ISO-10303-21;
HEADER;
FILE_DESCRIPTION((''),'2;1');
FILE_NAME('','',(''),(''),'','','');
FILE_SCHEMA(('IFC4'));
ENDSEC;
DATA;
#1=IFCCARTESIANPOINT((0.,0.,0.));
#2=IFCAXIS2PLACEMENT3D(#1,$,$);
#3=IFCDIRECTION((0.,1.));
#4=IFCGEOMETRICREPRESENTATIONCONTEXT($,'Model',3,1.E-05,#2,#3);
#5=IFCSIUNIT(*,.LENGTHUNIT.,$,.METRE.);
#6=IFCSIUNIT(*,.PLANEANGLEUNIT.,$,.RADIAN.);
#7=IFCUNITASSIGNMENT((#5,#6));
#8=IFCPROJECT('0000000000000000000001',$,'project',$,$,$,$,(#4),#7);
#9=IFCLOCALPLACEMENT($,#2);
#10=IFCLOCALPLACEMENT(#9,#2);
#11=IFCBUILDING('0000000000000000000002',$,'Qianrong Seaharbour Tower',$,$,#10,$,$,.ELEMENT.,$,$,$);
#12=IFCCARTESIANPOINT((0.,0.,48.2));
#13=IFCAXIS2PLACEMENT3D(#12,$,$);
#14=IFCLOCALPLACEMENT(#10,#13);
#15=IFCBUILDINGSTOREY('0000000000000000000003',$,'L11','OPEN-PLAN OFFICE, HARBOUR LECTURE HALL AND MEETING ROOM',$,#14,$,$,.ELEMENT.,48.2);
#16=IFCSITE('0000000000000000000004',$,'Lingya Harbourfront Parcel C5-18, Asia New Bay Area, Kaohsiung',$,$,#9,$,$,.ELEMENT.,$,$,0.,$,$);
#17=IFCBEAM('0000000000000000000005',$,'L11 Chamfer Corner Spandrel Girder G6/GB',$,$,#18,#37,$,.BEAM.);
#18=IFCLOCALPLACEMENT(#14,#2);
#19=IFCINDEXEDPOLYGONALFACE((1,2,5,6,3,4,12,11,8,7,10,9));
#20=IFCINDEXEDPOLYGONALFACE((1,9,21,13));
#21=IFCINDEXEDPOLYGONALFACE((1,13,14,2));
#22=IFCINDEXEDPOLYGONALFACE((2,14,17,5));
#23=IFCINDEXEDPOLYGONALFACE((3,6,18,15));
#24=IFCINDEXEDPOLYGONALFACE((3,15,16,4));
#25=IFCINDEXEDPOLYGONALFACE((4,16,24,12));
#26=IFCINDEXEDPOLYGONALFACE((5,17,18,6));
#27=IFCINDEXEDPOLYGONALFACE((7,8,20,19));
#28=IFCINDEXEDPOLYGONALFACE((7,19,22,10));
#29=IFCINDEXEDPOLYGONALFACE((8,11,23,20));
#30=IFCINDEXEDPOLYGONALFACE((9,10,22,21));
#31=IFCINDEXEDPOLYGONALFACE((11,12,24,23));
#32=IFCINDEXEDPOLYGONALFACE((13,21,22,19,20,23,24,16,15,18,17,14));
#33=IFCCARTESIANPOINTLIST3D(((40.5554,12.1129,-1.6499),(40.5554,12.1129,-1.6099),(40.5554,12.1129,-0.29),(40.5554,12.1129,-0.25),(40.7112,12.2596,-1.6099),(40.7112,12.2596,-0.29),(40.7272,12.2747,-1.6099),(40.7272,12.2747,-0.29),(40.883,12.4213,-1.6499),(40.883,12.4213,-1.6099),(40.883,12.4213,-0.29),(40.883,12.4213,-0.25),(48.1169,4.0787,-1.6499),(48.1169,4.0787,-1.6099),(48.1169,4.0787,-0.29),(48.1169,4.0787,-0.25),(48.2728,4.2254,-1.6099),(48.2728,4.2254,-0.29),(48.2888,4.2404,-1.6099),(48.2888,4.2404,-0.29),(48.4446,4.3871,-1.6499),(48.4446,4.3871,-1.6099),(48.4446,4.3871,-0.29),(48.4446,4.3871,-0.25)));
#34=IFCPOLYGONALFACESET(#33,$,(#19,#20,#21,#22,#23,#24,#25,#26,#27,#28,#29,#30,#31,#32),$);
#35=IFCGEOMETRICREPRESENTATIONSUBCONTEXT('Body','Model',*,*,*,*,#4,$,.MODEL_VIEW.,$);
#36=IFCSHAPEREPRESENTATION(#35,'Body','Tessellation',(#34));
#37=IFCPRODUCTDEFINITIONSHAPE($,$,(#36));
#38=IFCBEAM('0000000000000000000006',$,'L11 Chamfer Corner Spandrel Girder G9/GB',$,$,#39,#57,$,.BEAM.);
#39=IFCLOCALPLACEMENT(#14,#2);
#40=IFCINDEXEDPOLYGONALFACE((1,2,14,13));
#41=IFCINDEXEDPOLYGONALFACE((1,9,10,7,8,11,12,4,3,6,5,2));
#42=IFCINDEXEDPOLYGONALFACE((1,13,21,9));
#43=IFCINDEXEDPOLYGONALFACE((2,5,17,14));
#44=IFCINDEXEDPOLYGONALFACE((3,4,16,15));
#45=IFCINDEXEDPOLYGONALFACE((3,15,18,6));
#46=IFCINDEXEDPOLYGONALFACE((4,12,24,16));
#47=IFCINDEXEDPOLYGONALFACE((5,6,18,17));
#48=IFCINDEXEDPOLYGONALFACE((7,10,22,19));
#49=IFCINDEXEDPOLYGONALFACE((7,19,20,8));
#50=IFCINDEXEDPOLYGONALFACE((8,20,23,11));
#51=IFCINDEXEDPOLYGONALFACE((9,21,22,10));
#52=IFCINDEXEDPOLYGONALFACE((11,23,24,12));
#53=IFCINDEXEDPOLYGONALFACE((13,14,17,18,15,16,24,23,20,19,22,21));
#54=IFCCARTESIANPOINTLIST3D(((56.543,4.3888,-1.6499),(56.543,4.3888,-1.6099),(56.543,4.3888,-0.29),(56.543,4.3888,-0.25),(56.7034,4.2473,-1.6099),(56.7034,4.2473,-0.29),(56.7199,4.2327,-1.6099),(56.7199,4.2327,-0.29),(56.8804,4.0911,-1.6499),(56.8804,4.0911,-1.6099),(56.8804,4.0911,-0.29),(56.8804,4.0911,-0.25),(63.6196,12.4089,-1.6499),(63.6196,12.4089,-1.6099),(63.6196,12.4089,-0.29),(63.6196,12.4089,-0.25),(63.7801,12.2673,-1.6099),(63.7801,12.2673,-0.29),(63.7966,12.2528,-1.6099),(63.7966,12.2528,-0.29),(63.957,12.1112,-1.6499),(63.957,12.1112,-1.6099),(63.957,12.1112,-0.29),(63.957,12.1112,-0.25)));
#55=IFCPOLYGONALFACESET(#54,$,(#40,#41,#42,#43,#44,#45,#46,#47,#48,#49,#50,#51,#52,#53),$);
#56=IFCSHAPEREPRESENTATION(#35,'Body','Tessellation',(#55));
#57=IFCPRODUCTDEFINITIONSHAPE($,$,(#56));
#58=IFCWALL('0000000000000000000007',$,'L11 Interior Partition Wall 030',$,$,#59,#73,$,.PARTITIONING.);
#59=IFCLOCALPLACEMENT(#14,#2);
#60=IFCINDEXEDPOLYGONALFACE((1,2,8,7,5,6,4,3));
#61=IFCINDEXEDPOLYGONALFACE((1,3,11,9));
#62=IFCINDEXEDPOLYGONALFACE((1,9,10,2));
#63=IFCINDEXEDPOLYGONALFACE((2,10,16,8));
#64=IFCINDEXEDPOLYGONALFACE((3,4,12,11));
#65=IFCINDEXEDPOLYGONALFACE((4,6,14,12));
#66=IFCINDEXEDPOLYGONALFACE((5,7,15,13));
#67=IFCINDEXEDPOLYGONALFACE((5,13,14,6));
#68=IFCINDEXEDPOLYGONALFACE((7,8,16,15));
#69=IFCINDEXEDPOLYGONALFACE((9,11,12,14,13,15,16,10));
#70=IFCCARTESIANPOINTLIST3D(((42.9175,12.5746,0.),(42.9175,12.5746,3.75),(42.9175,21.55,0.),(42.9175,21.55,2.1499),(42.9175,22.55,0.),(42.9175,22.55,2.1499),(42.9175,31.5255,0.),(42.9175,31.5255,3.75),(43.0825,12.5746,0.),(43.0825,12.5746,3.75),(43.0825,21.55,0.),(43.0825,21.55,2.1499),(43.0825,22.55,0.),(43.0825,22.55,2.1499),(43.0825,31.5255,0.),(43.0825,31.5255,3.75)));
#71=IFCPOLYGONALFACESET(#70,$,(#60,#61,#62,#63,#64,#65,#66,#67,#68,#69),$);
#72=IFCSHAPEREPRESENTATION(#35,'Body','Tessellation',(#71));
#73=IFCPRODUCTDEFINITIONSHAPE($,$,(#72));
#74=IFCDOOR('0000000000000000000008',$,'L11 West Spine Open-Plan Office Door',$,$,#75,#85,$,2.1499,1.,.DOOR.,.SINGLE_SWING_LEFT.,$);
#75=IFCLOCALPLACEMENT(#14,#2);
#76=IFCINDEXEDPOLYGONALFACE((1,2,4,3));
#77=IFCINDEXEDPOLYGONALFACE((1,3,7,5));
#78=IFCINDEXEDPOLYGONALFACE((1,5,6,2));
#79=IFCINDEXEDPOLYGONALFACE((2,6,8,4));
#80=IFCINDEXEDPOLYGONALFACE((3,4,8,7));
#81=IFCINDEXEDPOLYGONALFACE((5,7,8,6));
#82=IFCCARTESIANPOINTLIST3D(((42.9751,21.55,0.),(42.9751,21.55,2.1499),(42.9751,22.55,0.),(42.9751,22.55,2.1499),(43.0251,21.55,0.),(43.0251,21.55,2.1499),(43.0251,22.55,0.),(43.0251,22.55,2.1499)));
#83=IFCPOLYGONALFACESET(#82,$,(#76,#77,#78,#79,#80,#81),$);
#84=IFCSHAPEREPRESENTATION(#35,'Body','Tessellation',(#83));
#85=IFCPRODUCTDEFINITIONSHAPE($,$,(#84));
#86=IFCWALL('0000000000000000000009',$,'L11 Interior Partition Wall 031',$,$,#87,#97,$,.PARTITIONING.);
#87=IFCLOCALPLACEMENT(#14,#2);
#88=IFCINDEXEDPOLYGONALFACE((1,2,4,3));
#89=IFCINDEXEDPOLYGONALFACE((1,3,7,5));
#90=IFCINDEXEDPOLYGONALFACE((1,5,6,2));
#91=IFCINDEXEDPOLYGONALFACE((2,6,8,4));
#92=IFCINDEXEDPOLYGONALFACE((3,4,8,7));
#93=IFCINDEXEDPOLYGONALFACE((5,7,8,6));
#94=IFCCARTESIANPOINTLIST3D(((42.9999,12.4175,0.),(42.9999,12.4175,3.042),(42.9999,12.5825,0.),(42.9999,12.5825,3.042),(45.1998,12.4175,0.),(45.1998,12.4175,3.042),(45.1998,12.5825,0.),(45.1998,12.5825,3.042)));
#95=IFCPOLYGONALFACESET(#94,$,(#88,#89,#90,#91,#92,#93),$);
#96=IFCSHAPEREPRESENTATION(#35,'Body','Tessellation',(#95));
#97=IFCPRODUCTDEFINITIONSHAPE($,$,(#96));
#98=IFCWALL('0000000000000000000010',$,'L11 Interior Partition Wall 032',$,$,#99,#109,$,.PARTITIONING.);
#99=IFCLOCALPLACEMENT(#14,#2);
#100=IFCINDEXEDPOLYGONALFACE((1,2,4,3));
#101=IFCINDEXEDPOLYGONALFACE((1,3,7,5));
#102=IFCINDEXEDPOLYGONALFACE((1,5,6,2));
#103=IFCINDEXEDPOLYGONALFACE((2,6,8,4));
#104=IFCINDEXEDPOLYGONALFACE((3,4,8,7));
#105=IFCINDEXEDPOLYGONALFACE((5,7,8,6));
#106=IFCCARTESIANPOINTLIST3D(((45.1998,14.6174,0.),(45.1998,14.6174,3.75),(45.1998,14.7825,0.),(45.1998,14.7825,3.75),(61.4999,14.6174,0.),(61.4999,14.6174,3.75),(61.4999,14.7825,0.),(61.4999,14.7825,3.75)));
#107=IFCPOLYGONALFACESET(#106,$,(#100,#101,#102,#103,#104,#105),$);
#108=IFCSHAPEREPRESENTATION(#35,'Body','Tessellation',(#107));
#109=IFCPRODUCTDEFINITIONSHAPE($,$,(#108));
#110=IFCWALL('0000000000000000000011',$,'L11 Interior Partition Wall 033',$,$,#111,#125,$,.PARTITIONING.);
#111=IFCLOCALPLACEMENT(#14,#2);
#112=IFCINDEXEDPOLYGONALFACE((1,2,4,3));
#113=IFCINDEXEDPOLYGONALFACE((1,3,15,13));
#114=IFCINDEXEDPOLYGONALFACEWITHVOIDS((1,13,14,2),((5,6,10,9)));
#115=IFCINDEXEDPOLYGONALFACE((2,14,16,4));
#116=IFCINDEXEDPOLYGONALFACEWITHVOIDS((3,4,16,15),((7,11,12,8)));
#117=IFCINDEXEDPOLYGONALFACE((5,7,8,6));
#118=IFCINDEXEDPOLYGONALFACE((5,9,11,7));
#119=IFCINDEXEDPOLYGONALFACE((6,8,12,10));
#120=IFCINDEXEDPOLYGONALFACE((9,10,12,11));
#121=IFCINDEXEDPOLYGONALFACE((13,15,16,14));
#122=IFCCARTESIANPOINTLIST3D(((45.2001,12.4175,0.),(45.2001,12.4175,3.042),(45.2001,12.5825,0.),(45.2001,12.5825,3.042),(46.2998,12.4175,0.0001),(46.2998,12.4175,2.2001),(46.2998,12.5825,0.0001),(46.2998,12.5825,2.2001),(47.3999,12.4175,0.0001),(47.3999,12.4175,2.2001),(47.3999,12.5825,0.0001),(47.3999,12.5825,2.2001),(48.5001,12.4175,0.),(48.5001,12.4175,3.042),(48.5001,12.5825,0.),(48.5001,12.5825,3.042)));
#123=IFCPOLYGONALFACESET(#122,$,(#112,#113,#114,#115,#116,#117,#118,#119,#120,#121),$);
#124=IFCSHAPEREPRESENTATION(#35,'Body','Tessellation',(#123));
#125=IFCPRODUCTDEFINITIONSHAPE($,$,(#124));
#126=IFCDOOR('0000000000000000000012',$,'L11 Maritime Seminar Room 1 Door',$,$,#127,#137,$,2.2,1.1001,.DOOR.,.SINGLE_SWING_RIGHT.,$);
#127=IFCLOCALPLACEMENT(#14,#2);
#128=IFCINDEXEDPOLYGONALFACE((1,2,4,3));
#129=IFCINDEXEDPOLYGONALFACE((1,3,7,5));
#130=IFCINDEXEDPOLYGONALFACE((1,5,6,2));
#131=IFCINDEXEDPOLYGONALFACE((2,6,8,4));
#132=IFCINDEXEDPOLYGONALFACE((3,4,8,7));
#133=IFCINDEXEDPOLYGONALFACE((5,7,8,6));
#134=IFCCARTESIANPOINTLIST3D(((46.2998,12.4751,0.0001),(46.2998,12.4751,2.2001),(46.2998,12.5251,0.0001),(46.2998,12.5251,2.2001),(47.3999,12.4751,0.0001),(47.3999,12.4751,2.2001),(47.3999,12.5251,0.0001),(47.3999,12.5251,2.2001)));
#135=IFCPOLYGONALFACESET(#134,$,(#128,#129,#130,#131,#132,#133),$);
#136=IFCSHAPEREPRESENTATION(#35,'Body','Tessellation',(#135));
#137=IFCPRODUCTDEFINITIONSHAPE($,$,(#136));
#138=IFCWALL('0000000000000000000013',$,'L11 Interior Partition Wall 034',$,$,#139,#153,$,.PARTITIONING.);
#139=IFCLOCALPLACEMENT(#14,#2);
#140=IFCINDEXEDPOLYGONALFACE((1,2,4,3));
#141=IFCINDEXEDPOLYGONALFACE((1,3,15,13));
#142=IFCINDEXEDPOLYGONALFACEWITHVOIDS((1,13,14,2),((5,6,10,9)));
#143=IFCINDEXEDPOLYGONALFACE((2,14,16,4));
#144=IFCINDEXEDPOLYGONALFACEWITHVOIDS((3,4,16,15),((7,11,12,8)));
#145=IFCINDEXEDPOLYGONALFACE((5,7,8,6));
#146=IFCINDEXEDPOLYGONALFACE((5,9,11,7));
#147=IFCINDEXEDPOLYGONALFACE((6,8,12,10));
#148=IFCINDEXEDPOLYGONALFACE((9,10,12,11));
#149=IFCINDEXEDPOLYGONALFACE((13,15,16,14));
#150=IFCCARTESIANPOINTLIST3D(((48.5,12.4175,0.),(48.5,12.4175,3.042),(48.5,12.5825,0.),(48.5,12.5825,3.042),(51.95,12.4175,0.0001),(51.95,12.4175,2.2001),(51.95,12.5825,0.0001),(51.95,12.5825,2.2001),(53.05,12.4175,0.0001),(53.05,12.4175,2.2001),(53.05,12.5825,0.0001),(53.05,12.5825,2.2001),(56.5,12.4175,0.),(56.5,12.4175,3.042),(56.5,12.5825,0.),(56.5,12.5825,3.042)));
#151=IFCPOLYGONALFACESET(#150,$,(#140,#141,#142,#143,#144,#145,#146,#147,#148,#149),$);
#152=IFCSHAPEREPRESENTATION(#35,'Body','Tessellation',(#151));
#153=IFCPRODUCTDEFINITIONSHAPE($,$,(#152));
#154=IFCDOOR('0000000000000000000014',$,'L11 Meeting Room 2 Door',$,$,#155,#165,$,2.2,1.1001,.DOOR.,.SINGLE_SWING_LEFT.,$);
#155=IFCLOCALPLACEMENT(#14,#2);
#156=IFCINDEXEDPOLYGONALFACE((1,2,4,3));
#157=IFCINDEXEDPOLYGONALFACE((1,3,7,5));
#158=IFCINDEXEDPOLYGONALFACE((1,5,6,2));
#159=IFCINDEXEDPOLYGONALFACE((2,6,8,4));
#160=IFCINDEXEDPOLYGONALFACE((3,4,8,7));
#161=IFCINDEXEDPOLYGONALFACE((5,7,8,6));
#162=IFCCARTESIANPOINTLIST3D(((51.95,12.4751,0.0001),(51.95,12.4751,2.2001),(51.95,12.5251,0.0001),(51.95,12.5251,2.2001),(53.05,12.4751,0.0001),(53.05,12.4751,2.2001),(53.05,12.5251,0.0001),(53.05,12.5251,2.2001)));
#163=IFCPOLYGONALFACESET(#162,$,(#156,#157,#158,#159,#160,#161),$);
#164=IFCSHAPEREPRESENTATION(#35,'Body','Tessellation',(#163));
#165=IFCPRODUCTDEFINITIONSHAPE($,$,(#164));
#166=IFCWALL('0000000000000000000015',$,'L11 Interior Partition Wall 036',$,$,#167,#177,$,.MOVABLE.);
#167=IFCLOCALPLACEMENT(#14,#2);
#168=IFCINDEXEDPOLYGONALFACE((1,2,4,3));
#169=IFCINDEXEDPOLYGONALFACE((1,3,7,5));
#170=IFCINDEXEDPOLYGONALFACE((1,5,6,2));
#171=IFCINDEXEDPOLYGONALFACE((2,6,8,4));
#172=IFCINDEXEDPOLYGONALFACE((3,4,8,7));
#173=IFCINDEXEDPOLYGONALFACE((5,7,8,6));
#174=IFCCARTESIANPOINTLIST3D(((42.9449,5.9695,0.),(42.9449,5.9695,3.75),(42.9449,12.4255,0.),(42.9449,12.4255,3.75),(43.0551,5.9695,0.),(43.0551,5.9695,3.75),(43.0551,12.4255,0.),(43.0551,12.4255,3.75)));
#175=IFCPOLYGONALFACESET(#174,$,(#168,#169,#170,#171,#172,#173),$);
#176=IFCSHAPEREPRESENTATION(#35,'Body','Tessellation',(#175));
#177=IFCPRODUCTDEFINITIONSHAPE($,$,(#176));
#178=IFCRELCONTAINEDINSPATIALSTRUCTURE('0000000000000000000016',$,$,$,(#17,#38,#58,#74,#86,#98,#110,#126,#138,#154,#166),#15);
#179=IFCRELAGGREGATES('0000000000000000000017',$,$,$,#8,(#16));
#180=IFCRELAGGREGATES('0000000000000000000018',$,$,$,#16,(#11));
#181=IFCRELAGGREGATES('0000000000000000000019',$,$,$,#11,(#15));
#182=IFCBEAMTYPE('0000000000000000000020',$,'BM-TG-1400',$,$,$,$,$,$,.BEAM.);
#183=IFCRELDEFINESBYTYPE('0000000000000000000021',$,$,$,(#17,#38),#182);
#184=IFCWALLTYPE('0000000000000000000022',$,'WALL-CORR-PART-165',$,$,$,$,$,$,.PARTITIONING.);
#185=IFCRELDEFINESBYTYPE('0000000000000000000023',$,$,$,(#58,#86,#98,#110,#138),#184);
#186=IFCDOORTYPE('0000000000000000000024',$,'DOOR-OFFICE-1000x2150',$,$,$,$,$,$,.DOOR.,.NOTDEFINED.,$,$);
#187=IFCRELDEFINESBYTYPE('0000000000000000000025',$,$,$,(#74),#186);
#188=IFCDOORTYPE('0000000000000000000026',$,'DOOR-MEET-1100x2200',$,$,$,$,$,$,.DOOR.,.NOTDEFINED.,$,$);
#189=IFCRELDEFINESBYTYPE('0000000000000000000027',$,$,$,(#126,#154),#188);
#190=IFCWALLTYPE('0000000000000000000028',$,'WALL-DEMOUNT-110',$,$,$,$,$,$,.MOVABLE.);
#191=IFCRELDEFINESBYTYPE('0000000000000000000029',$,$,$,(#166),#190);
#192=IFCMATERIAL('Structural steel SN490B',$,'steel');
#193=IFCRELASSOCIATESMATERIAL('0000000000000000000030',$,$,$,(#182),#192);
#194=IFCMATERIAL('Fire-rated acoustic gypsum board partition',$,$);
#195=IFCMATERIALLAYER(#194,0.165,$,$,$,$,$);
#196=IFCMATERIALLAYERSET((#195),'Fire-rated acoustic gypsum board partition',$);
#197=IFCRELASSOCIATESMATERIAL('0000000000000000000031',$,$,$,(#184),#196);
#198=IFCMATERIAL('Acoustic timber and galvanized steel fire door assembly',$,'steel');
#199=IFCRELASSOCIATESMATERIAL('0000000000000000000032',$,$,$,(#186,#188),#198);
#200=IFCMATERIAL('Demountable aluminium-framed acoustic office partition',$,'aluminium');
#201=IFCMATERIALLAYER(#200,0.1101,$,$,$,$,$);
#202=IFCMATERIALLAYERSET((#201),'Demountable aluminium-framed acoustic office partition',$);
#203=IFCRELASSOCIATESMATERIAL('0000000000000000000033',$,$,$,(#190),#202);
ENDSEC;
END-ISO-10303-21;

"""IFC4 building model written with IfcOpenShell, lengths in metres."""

from ifc_helpers import new_model, si_unit, direction, frame, frame_2d, origin, origin_2d, place, context, subcontext, project, spatial, rectangle, i_section, extrude, material, layer, layer_set, material_profile, profile_set, type_object, element, fill, save


model = new_model("IFC4")

# Units and contexts
model_context = context("Model", 3, precision=1e-05, world=origin(), true_north=direction((0.0, 1.0)))
body_context = subcontext(model_context, "Body", "Model", "MODEL_VIEW")
ifc_project = project(units=[si_unit("LENGTHUNIT", "METRE"), si_unit("PLANEANGLEUNIT", "RADIAN")], contexts=[model_context])

# Site, building, storey
site_placement = place(None, origin())
site = spatial("IfcSite", under=ifc_project, at=site_placement, Name="Lingya Harbourfront Parcel C5-18, Asia New Bay Area, Kaohsiung", CompositionType="ELEMENT", RefElevation=0.0)
building_placement = place(site_placement, origin())
building = spatial("IfcBuilding", under=site, at=building_placement, Name="Qianrong Seaharbour Tower", CompositionType="ELEMENT")
storey_placement = place(building_placement, frame((0.0, 0.0, 48.2)))
storey = spatial("IfcBuildingStorey", under=building, at=storey_placement, Name="L11", Description="OPEN-PLAN OFFICE, HARBOUR LECTURE HALL AND MEETING ROOM", CompositionType="ELEMENT", Elevation=48.2)

# Shared definitions
ifc_material_1 = material(Name="Structural steel SN490B", Category="steel")

# Beams
ifc_material_profile_1 = material_profile(ifc_material_1, i_section(OverallWidth=0.45, OverallDepth=1.3999, WebThickness=0.022, FlangeThickness=0.04, at=origin_2d()), Name="BH1400x450x22x40")
ifc_profile_set_1 = profile_set([ifc_material_profile_1], Name="Structural steel SN490B")
beam_type_1 = type_object("IfcBeamType", Name="BM-TG-1400", PredefinedType="BEAM", material=ifc_profile_set_1)
beam_1_placement = place(storey_placement, frame((48.2808, 4.2329, -0.95), z_axis=(-0.685362, 0.728203, 0.0), x_axis=(-0.728203, -0.685362, 0.0)))
element("IfcBeam", 1, at=beam_1_placement, inside=storey, type_object=beam_type_1, Name="L11 Chamfer Corner Spandrel Girder G6/GB", PredefinedType="BEAM", context=body_context, shape_type="SweptSolid", body=[
    extrude(i_section(OverallWidth=0.45, OverallDepth=1.3999, WebThickness=0.022, FlangeThickness=0.04, at=origin_2d()), origin(), (0.0, 0.0, 1.0), 11.033),
])
beam_2_placement = place(storey_placement, frame((56.7117, 4.24, -0.95), z_axis=(0.661631, 0.74983, 0.0), x_axis=(-0.74983, 0.661631, 0.0)))
element("IfcBeam", 2, at=beam_2_placement, inside=storey, type_object=beam_type_1, Name="L11 Chamfer Corner Spandrel Girder G9/GB", PredefinedType="BEAM", context=body_context, shape_type="SweptSolid", body=[
    extrude(i_section(OverallWidth=0.45, OverallDepth=1.3999, WebThickness=0.022, FlangeThickness=0.04, at=origin_2d()), origin(), (0.0, 0.0, 1.0), 10.6958),
])

# Wall, opening, door
ifc_material_2 = material(Name="Fire-rated acoustic gypsum board partition")
ifc_layer_1 = layer(ifc_material_2, 0.165)
ifc_layer_set_1 = layer_set([ifc_layer_1], Name="Fire-rated acoustic gypsum board partition")
wall_type_1 = type_object("IfcWallType", Name="WALL-CORR-PART-165", PredefinedType="PARTITIONING", material=ifc_layer_set_1)
wall_1_placement = place(storey_placement, frame((43.0, 12.5745, 0.0), z_axis=(0.0, 0.0, 1.0), x_axis=(0.0, 1.0, 0.0)))
wall_1 = element("IfcWall", 3, at=wall_1_placement, inside=storey, type_object=wall_type_1, Name="L11 Interior Partition Wall 030", PredefinedType="PARTITIONING", context=body_context, shape_type="SweptSolid", body=[
    extrude(rectangle(XDim=18.9509, YDim=0.165, at=frame_2d((9.4756, 0.0))), origin(), (0.0, 0.0, 1.0), 3.75),
])
opening_1_placement = place(wall_1_placement, frame((8.9756, 0.0, 0.0)))
opening_1 = element("IfcOpeningElement", 4, at=opening_1_placement, cuts=wall_1, PredefinedType="OPENING", context=body_context, shape_type="SweptSolid", body=[
    extrude(rectangle(XDim=1.0, YDim=2.1499, at=frame_2d((0.5, 1.075))), frame((0.0, 0.0925, 0.0), z_axis=(0.0, -1.0, 0.0), x_axis=(1.0, 0.0, 0.0)), (0.0, 0.0, 1.0), 0.1851),
])
ifc_material_3 = material(Name="Acoustic timber and galvanized steel fire door assembly", Category="steel")
door_type_1 = type_object("IfcDoorType", Name="DOOR-OFFICE-1000x2150", OperationType="NOTDEFINED", PredefinedType="DOOR", material=ifc_material_3)
door_1_placement = place(opening_1_placement, origin())
door_1 = element("IfcDoor", 5, at=door_1_placement, inside=storey, type_object=door_type_1, Name="L11 West Spine Open-Plan Office Door", OperationType="SINGLE_SWING_LEFT", OverallHeight=2.1499, OverallWidth=1.0, PredefinedType="DOOR", context=body_context, shape_type="SweptSolid", body=[
    extrude(rectangle(XDim=1.0, YDim=2.1499, at=frame_2d((0.5, 1.075))), frame((0.0, 0.0249, 0.0), z_axis=(0.0, -1.0, 0.0), x_axis=(1.0, 0.0, 0.0)), (0.0, 0.0, 1.0), 0.05),
])
fill(opening_1, door_1)

# Walls
wall_2_placement = place(storey_placement, frame((45.2, 12.5, 0.0), z_axis=(0.0, 0.0, 1.0), x_axis=(-1.0, 0.0, 0.0)))
element("IfcWall", 6, at=wall_2_placement, inside=storey, type_object=wall_type_1, Name="L11 Interior Partition Wall 031", PredefinedType="PARTITIONING", context=body_context, shape_type="SweptSolid", body=[
    extrude(rectangle(XDim=2.2, YDim=0.165, at=frame_2d((1.1001, 0.0))), origin(), (0.0, 0.0, 1.0), 3.042),
])
wall_3_placement = place(storey_placement, frame((45.2, 14.7, 0.0), z_axis=(0.0, 0.0, 1.0), x_axis=(1.0, 0.0, 0.0)))
element("IfcWall", 7, at=wall_3_placement, inside=storey, type_object=wall_type_1, Name="L11 Interior Partition Wall 032", PredefinedType="PARTITIONING", context=body_context, shape_type="SweptSolid", body=[
    extrude(rectangle(XDim=16.3, YDim=0.165, at=frame_2d((8.1499, 0.0))), origin(), (0.0, 0.0, 1.0), 3.75),
])

# Walls, openings, doors
wall_4_placement = place(storey_placement, frame((48.5, 12.5, 0.0), z_axis=(0.0, 0.0, 1.0), x_axis=(-1.0, 0.0, 0.0)))
wall_4 = element("IfcWall", 8, at=wall_4_placement, inside=storey, type_object=wall_type_1, Name="L11 Interior Partition Wall 033", PredefinedType="PARTITIONING", context=body_context, shape_type="SweptSolid", body=[
    extrude(rectangle(XDim=3.3, YDim=0.165, at=frame_2d((1.6499, 0.0))), origin(), (0.0, 0.0, 1.0), 3.042),
])
opening_2_placement = place(wall_4_placement, frame((1.1001, 0.0, 0.0)))
opening_2 = element("IfcOpeningElement", 9, at=opening_2_placement, cuts=wall_4, PredefinedType="OPENING", context=body_context, shape_type="SweptSolid", body=[
    extrude(rectangle(XDim=1.1001, YDim=2.2, at=frame_2d((0.55, 1.1001))), frame((0.0, 0.0925, 0.0), z_axis=(0.0, -1.0, 0.0), x_axis=(1.0, 0.0, 0.0)), (0.0, 0.0, 1.0), 0.1851),
])
door_type_2 = type_object("IfcDoorType", Name="DOOR-MEET-1100x2200", OperationType="NOTDEFINED", PredefinedType="DOOR", material=ifc_material_3)
door_2_placement = place(opening_2_placement, origin())
door_2 = element("IfcDoor", 10, at=door_2_placement, inside=storey, type_object=door_type_2, Name="L11 Maritime Seminar Room 1 Door", OperationType="SINGLE_SWING_RIGHT", OverallHeight=2.2, OverallWidth=1.1001, PredefinedType="DOOR", context=body_context, shape_type="SweptSolid", body=[
    extrude(rectangle(XDim=1.1001, YDim=2.2, at=frame_2d((0.55, 1.1001))), frame((0.0, 0.0249, 0.0), z_axis=(0.0, -1.0, 0.0), x_axis=(1.0, 0.0, 0.0)), (0.0, 0.0, 1.0), 0.05),
])
fill(opening_2, door_2)
wall_5_placement = place(storey_placement, frame((56.5, 12.5, 0.0), z_axis=(0.0, 0.0, 1.0), x_axis=(-1.0, 0.0, 0.0)))
wall_5 = element("IfcWall", 11, at=wall_5_placement, inside=storey, type_object=wall_type_1, Name="L11 Interior Partition Wall 034", PredefinedType="PARTITIONING", context=body_context, shape_type="SweptSolid", body=[
    extrude(rectangle(XDim=8.0, YDim=0.165, at=frame_2d((4.0, 0.0))), origin(), (0.0, 0.0, 1.0), 3.042),
])
opening_3_placement = place(wall_5_placement, frame((3.45, 0.0, 0.0)))
opening_3 = element("IfcOpeningElement", 12, at=opening_3_placement, cuts=wall_5, PredefinedType="OPENING", context=body_context, shape_type="SweptSolid", body=[
    extrude(rectangle(XDim=1.1001, YDim=2.2, at=frame_2d((0.55, 1.1001))), frame((0.0, 0.0925, 0.0), z_axis=(0.0, -1.0, 0.0), x_axis=(1.0, 0.0, 0.0)), (0.0, 0.0, 1.0), 0.1851),
])
door_3_placement = place(opening_3_placement, origin())
door_3 = element("IfcDoor", 13, at=door_3_placement, inside=storey, type_object=door_type_2, Name="L11 Meeting Room 2 Door", OperationType="SINGLE_SWING_LEFT", OverallHeight=2.2, OverallWidth=1.1001, PredefinedType="DOOR", context=body_context, shape_type="SweptSolid", body=[
    extrude(rectangle(XDim=1.1001, YDim=2.2, at=frame_2d((0.55, 1.1001))), frame((0.0, 0.0249, 0.0), z_axis=(0.0, -1.0, 0.0), x_axis=(1.0, 0.0, 0.0)), (0.0, 0.0, 1.0), 0.05),
])
fill(opening_3, door_3)

# Wall
ifc_material_4 = material(Name="Demountable aluminium-framed acoustic office partition", Category="aluminium")
ifc_layer_2 = layer(ifc_material_4, 0.1101)
ifc_layer_set_2 = layer_set([ifc_layer_2], Name="Demountable aluminium-framed acoustic office partition")
wall_type_2 = type_object("IfcWallType", Name="WALL-DEMOUNT-110", PredefinedType="MOVABLE", material=ifc_layer_set_2)
wall_6_placement = place(storey_placement, frame((43.0, 12.4255, 0.0), z_axis=(0.0, 0.0, 1.0), x_axis=(0.0, -1.0, 0.0)))
element("IfcWall", 14, at=wall_6_placement, inside=storey, type_object=wall_type_2, Name="L11 Interior Partition Wall 036", PredefinedType="MOVABLE", context=body_context, shape_type="SweptSolid", body=[
    extrude(rectangle(XDim=6.4561, YDim=0.1101, at=frame_2d((3.228, 0.0))), origin(), (0.0, 0.0, 1.0), 3.75),
])

save(model, "model.ifc")
